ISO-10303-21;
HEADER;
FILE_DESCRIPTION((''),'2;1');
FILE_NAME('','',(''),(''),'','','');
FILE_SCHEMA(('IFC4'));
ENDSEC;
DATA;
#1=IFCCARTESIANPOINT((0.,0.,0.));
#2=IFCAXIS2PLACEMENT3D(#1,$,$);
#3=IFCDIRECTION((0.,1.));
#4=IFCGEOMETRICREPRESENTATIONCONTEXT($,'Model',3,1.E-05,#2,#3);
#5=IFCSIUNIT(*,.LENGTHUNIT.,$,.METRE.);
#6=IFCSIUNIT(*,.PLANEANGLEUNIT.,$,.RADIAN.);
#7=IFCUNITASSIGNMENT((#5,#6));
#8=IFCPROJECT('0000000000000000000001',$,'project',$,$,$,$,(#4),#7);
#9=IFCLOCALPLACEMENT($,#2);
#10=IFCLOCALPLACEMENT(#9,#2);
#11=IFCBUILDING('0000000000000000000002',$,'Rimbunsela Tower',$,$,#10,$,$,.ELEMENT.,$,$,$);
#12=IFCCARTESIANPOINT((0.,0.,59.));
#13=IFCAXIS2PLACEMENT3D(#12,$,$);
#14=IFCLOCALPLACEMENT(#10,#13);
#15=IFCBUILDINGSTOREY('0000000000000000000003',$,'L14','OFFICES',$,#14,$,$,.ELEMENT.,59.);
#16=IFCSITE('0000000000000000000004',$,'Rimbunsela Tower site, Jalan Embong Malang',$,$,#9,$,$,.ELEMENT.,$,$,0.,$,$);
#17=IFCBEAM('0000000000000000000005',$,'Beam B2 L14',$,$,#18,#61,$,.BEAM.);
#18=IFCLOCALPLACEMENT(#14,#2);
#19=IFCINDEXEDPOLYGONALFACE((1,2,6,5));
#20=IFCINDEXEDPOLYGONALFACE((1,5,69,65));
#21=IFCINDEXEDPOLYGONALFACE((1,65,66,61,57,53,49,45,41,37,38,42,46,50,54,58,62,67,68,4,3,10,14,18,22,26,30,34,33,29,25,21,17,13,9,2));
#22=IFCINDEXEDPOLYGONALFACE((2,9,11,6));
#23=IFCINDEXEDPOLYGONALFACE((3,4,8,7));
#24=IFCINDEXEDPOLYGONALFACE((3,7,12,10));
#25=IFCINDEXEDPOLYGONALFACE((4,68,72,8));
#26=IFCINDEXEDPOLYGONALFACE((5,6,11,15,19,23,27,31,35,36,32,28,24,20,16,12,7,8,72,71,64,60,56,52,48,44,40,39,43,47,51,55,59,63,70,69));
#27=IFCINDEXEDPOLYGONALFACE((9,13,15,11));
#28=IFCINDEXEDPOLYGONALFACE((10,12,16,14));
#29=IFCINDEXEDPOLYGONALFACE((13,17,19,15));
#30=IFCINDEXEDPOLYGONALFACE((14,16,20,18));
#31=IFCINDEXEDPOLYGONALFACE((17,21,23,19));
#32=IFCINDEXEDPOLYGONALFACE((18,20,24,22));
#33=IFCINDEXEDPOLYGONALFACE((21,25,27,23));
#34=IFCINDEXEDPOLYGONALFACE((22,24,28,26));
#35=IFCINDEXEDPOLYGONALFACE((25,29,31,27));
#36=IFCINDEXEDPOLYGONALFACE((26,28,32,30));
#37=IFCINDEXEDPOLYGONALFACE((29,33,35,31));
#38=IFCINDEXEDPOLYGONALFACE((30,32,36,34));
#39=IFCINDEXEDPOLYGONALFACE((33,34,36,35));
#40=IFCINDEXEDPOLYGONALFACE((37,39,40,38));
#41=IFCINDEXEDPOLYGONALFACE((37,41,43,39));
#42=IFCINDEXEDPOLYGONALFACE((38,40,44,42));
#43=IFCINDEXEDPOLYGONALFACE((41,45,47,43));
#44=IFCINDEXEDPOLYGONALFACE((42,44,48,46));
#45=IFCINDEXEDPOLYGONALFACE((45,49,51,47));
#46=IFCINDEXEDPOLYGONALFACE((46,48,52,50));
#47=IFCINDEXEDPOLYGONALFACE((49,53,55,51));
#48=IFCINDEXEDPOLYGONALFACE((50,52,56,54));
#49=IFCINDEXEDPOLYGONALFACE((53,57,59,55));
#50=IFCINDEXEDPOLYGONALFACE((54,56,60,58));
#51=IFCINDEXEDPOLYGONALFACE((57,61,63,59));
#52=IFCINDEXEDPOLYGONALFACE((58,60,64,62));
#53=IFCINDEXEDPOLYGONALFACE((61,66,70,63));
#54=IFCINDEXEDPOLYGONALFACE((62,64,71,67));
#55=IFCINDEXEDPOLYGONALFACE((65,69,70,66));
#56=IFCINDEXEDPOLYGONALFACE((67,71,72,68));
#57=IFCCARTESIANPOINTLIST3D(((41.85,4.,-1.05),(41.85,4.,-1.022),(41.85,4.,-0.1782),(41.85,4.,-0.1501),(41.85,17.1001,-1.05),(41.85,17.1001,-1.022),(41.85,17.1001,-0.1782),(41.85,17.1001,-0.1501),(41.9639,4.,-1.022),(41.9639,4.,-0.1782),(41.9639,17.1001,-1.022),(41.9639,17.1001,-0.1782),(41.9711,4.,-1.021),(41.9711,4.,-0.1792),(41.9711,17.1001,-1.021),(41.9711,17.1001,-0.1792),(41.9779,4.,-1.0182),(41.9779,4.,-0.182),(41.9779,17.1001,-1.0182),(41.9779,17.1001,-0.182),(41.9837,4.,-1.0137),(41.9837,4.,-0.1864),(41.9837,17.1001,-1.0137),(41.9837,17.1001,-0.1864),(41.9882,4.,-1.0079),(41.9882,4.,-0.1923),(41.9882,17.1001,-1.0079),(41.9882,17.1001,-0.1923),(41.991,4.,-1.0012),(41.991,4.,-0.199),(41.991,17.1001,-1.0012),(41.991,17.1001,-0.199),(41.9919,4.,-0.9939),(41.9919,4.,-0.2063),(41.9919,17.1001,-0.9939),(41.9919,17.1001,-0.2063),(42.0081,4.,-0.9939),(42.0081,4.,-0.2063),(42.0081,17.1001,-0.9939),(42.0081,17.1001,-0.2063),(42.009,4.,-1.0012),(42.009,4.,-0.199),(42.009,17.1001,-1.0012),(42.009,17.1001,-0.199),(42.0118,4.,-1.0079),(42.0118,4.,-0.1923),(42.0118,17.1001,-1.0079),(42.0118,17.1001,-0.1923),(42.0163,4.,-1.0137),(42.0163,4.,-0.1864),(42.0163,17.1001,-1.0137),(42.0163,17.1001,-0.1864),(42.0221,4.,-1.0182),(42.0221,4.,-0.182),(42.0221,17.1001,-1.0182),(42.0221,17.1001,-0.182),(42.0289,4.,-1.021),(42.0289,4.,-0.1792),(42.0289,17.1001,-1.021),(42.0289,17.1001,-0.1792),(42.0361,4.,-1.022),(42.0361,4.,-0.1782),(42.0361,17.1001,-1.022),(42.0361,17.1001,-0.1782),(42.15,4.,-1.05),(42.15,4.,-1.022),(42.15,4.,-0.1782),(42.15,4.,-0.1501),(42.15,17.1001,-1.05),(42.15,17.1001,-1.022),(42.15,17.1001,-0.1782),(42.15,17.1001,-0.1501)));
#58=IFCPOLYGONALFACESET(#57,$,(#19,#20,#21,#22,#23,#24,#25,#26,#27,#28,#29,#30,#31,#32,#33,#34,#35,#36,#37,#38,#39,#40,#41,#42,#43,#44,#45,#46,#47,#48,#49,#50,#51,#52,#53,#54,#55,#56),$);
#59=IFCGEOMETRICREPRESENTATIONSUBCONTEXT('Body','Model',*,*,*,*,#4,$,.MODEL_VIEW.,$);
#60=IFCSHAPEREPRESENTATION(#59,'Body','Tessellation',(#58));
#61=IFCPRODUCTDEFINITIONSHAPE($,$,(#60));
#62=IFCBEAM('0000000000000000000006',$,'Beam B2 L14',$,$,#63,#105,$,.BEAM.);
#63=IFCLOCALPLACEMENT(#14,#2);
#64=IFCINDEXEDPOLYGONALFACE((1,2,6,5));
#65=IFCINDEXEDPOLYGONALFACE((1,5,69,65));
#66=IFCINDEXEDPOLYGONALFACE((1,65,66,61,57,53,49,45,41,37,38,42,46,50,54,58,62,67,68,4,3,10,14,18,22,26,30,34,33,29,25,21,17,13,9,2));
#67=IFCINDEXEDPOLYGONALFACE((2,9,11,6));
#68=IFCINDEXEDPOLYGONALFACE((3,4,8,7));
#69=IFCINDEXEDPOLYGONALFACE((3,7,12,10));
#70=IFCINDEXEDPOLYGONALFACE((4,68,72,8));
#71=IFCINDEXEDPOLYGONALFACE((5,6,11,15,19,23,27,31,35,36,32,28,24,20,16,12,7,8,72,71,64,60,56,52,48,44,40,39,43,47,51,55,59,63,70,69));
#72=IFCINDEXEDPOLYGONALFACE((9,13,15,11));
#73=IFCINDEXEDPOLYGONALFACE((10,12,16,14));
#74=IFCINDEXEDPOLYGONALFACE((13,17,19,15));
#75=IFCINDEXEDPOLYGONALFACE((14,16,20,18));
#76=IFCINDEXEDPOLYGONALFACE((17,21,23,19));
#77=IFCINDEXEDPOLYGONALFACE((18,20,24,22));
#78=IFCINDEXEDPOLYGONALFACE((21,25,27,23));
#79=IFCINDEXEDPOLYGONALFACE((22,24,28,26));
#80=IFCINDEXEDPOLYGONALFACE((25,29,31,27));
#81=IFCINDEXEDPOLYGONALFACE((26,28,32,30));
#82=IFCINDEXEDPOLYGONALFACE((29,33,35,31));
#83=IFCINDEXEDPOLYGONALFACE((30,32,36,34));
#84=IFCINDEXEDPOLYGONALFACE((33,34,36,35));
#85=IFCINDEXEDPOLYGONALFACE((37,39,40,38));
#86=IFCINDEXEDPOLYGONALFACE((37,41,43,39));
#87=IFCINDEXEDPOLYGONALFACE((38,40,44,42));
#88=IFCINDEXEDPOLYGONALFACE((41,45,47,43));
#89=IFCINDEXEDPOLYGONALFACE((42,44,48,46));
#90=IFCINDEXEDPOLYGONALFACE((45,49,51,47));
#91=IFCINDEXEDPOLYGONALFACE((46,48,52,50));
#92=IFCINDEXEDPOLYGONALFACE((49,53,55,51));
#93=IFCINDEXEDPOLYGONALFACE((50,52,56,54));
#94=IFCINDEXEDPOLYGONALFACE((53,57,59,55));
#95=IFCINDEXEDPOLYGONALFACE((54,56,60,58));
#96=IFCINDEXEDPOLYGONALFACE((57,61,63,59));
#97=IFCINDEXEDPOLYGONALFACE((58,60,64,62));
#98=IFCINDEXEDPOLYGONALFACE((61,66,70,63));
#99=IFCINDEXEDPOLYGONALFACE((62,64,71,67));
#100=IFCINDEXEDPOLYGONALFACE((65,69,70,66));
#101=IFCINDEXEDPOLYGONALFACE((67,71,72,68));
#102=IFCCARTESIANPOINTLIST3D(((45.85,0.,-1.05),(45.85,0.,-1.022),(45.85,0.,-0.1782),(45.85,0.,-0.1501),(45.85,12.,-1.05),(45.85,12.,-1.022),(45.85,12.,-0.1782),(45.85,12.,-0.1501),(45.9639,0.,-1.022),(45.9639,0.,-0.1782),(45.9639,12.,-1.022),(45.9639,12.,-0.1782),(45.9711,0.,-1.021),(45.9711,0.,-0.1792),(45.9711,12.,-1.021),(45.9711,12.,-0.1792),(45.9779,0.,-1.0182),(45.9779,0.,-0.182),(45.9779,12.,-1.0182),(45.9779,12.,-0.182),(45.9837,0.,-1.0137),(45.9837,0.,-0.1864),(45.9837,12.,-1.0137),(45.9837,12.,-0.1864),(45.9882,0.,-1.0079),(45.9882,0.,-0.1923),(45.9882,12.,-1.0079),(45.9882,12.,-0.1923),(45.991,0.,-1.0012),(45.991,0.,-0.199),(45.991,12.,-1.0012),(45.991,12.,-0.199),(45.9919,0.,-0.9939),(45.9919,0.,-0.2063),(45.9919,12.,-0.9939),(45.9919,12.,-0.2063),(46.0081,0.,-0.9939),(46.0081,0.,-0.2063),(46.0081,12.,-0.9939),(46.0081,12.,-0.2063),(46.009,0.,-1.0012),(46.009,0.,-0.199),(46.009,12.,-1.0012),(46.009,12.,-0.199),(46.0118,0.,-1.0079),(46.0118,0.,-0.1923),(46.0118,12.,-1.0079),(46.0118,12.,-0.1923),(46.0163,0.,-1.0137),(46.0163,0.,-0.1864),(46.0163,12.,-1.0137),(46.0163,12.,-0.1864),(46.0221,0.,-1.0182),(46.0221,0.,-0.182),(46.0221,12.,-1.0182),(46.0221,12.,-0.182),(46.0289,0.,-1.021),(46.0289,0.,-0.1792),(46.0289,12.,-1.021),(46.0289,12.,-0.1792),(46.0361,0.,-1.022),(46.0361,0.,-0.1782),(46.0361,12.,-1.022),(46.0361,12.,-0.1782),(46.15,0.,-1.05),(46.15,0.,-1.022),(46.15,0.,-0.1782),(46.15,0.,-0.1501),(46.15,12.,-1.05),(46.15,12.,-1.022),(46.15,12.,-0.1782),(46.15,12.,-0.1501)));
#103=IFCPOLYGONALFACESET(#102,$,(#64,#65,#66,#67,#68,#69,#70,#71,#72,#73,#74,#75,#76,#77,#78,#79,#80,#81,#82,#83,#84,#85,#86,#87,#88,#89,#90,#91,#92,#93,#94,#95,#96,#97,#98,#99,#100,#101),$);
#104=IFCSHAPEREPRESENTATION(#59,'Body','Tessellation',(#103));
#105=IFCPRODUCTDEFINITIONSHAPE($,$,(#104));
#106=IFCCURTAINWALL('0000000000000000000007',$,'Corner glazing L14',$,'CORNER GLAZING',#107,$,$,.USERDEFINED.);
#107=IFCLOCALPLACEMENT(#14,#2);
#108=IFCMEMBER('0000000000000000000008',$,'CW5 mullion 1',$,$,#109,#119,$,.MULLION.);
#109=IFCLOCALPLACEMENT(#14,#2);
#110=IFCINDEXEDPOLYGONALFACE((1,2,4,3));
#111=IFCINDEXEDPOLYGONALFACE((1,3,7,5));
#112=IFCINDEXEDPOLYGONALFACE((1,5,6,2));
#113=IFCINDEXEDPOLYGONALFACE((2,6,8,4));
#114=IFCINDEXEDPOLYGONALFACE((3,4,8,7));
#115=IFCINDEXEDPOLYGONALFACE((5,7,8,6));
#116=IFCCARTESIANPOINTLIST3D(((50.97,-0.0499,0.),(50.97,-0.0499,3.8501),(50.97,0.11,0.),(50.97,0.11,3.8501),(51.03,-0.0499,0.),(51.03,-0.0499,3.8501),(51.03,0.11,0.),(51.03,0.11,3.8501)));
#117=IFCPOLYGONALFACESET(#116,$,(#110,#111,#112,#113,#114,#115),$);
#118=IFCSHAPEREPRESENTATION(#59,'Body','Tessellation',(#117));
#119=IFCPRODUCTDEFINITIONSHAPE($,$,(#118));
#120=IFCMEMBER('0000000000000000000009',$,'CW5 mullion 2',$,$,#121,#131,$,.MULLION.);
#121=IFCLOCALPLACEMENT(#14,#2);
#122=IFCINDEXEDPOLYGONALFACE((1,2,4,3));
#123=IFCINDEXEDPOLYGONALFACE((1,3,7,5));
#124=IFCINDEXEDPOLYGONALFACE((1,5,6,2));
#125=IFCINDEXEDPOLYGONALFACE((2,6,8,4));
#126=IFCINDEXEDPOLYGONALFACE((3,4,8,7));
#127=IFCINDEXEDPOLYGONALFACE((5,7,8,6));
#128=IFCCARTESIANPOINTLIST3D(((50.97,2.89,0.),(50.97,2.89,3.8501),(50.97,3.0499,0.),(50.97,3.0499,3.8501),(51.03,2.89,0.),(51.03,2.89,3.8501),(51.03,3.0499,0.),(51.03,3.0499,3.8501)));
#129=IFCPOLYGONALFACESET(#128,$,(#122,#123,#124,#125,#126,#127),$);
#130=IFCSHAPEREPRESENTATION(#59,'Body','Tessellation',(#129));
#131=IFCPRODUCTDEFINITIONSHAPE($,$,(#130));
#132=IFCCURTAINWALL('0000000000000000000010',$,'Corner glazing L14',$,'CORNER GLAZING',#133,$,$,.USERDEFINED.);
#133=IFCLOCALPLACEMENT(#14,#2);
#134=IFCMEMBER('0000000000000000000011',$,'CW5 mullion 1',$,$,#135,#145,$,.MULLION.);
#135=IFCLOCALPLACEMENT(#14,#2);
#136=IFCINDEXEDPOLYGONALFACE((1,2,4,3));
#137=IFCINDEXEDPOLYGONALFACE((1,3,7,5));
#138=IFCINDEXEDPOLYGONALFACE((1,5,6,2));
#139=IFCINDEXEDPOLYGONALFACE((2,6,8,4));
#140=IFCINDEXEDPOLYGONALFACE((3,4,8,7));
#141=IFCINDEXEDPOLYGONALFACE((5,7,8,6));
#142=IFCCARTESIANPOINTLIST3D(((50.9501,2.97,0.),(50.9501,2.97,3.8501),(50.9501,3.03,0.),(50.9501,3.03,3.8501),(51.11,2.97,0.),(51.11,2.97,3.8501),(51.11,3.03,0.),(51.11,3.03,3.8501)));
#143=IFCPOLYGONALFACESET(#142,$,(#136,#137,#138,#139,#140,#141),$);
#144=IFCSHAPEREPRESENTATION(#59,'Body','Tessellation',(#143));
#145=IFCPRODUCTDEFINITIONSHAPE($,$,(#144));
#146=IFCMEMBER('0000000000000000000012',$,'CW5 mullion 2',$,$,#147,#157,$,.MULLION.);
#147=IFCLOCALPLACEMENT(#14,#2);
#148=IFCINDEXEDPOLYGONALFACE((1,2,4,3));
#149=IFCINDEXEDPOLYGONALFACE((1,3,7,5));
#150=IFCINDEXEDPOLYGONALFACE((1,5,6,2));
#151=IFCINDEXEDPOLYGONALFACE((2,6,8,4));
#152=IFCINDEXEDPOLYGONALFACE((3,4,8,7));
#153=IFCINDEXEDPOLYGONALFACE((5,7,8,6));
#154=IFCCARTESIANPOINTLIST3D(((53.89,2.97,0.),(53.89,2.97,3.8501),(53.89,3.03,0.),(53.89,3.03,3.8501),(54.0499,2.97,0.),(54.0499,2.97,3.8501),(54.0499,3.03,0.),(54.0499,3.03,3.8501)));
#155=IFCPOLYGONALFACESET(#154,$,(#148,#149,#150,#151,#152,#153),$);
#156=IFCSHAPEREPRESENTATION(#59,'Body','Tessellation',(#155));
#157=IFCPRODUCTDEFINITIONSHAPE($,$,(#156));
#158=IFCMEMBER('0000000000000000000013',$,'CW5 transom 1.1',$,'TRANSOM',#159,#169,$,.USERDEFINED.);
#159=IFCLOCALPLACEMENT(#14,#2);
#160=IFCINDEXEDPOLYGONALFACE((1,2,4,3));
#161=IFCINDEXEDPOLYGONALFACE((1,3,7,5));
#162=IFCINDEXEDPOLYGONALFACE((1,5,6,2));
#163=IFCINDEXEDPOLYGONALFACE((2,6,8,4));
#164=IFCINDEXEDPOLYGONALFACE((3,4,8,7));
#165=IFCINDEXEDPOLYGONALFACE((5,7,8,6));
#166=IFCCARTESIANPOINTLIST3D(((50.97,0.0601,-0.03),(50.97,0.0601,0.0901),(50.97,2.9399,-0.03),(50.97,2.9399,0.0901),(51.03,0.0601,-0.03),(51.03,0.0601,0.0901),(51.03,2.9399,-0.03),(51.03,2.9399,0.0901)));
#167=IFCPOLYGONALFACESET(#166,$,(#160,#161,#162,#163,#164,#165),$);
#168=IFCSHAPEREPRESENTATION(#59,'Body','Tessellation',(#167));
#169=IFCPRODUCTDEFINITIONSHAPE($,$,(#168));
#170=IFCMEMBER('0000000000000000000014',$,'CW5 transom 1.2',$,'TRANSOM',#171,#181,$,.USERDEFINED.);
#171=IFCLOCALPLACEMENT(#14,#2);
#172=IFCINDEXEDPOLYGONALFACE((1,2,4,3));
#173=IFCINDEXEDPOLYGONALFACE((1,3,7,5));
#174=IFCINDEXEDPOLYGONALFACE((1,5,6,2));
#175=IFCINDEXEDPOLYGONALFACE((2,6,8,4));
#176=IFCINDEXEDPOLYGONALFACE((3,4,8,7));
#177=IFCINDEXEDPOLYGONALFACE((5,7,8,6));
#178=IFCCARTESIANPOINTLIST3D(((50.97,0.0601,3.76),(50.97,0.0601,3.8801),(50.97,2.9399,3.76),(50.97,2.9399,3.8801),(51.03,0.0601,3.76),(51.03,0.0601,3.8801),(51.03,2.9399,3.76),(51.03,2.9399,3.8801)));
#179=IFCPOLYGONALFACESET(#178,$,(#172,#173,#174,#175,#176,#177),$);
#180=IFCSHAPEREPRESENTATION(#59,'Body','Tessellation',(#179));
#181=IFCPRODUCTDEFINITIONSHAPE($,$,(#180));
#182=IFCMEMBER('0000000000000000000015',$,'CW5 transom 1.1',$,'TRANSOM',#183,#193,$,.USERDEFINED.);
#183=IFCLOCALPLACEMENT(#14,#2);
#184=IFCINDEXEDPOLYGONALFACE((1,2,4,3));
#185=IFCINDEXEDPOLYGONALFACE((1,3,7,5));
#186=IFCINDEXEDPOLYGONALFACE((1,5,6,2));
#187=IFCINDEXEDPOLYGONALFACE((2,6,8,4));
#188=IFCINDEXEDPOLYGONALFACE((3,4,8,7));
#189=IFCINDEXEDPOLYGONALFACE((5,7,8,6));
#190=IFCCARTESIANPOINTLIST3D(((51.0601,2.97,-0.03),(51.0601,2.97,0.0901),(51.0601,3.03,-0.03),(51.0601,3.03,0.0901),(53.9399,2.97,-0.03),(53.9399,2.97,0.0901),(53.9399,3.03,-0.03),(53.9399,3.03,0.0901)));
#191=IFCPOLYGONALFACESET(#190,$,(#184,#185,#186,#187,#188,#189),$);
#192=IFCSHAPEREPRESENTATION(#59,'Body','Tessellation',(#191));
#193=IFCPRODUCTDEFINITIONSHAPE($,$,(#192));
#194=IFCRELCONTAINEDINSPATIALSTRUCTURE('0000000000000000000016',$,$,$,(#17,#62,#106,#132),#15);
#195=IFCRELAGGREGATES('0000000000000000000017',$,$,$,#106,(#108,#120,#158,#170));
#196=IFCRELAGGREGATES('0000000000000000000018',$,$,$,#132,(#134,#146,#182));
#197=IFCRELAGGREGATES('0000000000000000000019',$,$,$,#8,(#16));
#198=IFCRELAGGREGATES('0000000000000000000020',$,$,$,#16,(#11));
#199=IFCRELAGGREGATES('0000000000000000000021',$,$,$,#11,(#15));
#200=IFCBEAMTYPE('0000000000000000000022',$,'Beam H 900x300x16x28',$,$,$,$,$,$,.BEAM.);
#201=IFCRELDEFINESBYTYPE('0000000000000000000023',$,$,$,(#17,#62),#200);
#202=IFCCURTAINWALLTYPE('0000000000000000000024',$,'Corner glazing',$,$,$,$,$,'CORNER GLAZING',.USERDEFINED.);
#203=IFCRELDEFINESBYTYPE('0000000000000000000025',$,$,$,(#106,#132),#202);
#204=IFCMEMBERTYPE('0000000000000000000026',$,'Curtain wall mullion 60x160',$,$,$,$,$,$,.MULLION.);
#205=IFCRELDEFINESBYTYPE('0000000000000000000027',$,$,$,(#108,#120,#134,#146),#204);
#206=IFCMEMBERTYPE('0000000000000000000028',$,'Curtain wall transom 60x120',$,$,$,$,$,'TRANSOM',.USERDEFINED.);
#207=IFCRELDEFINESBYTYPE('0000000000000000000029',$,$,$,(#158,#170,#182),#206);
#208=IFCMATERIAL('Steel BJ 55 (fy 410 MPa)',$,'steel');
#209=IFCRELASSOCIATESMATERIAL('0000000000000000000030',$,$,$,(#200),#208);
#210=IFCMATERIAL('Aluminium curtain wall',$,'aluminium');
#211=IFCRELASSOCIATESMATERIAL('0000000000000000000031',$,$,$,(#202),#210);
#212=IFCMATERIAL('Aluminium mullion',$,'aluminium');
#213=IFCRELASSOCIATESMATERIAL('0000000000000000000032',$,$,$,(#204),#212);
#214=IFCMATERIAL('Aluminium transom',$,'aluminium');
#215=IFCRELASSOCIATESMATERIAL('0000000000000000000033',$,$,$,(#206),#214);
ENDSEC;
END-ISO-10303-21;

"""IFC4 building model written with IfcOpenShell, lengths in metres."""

from ifc_helpers import new_model, si_unit, direction, frame, origin, origin_2d, place, context, subcontext, project, spatial, rectangle, i_section, extrude, material, material_profile, profile_set, type_object, element, aggregate, save


model = new_model("IFC4")

# Units and contexts
model_context = context("Model", 3, precision=1e-05, world=origin(), true_north=direction((0.0, 1.0)))
body_context = subcontext(model_context, "Body", "Model", "MODEL_VIEW")
ifc_project = project(units=[si_unit("LENGTHUNIT", "METRE"), si_unit("PLANEANGLEUNIT", "RADIAN")], contexts=[model_context])

# Site, building, storey
site_placement = place(None, origin())
site = spatial("IfcSite", under=ifc_project, at=site_placement, Name="Rimbunsela Tower site, Jalan Embong Malang", CompositionType="ELEMENT", RefElevation=0.0)
building_placement = place(site_placement, origin())
building = spatial("IfcBuilding", under=site, at=building_placement, Name="Rimbunsela Tower", CompositionType="ELEMENT")
storey_placement = place(building_placement, frame((0.0, 0.0, 59.0)))
storey = spatial("IfcBuildingStorey", under=building, at=storey_placement, Name="L14", Description="OFFICES", CompositionType="ELEMENT", Elevation=59.0)

# Beams
ifc_material_1 = material(Name="Steel BJ 55 (fy 410 MPa)", Category="steel")
ifc_material_profile_1 = material_profile(ifc_material_1, i_section(OverallWidth=0.3, OverallDepth=0.8999, WebThickness=0.0161, FlangeThickness=0.0281, FilletRadius=0.0281, at=origin_2d()), Name="H 900x300x16x28")
ifc_profile_set_1 = profile_set([ifc_material_profile_1], Name="Steel BJ 55 (fy 410 MPa)")
beam_type_1 = type_object("IfcBeamType", Name="Beam H 900x300x16x28", PredefinedType="BEAM", material=ifc_profile_set_1)
beam_1_placement = place(storey_placement, frame((42.0, 4.0, -0.6001), z_axis=(0.0, 1.0, 0.0), x_axis=(-1.0, 0.0, 0.0)))
element("IfcBeam", 1, at=beam_1_placement, inside=storey, type_object=beam_type_1, Name="Beam B2 L14", PredefinedType="BEAM", context=body_context, shape_type="SweptSolid", body=[
    extrude(i_section(OverallWidth=0.3, OverallDepth=0.8999, WebThickness=0.0161, FlangeThickness=0.0281, FilletRadius=0.0281, at=origin_2d()), origin(), (0.0, 0.0, 1.0), 13.1001),
])
beam_2_placement = place(storey_placement, frame((46.0, 0.0, -0.6001), z_axis=(0.0, 1.0, 0.0), x_axis=(-1.0, 0.0, 0.0)))
element("IfcBeam", 2, at=beam_2_placement, inside=storey, type_object=beam_type_1, Name="Beam B2 L14", PredefinedType="BEAM", context=body_context, shape_type="SweptSolid", body=[
    extrude(i_section(OverallWidth=0.3, OverallDepth=0.8999, WebThickness=0.0161, FlangeThickness=0.0281, FilletRadius=0.0281, at=origin_2d()), origin(), (0.0, 0.0, 1.0), 12.0),
])

# Curtain walls, members
ifc_material_2 = material(Name="Aluminium curtain wall", Category="aluminium")
curtain_wall_type = type_object("IfcCurtainWallType", Name="Corner glazing", ElementType="CORNER GLAZING", PredefinedType="USERDEFINED", material=ifc_material_2)
curtain_wall_1_placement = place(storey_placement, origin())
curtain_wall_1 = element("IfcCurtainWall", 3, at=curtain_wall_1_placement, inside=storey, type_object=curtain_wall_type, Name="Corner glazing L14", ObjectType="CORNER GLAZING", PredefinedType="USERDEFINED")
ifc_material_3 = material(Name="Aluminium mullion", Category="aluminium")
ifc_material_profile_2 = material_profile(ifc_material_3, rectangle(XDim=0.0601, YDim=0.1599, at=origin_2d()), Name="Mullion 60x160")
ifc_profile_set_2 = profile_set([ifc_material_profile_2], Name="Aluminium mullion")
member_type_1 = type_object("IfcMemberType", Name="Curtain wall mullion 60x160", PredefinedType="MULLION", material=ifc_profile_set_2)
member_1_placement = place(storey_placement, frame((51.0, 0.03, 0.0), z_axis=(0.0, 0.0, 1.0), x_axis=(-1.0, 0.0, 0.0)))
member_1 = element("IfcMember", 4, at=member_1_placement, type_object=member_type_1, Name="CW5 mullion 1", PredefinedType="MULLION", context=body_context, shape_type="SweptSolid", body=[
    extrude(rectangle(XDim=0.0601, YDim=0.1599, at=origin_2d()), origin(), (0.0, 0.0, 1.0), 3.8501),
])
member_2_placement = place(storey_placement, frame((51.0, 2.97, 0.0), z_axis=(0.0, 0.0, 1.0), x_axis=(-1.0, 0.0, 0.0)))
member_2 = element("IfcMember", 5, at=member_2_placement, type_object=member_type_1, Name="CW5 mullion 2", PredefinedType="MULLION", context=body_context, shape_type="SweptSolid", body=[
    extrude(rectangle(XDim=0.0601, YDim=0.1599, at=origin_2d()), origin(), (0.0, 0.0, 1.0), 3.8501),
])
curtain_wall_2_placement = place(storey_placement, origin())
curtain_wall_2 = element("IfcCurtainWall", 6, at=curtain_wall_2_placement, inside=storey, type_object=curtain_wall_type, Name="Corner glazing L14", ObjectType="CORNER GLAZING", PredefinedType="USERDEFINED")
member_3_placement = place(storey_placement, frame((51.03, 3.0, 0.0), z_axis=(0.0, 0.0, 1.0), x_axis=(0.0, 1.0, 0.0)))
member_3 = element("IfcMember", 7, at=member_3_placement, type_object=member_type_1, Name="CW5 mullion 1", PredefinedType="MULLION", context=body_context, shape_type="SweptSolid", body=[
    extrude(rectangle(XDim=0.0601, YDim=0.1599, at=origin_2d()), origin(), (0.0, 0.0, 1.0), 3.8501),
])
member_4_placement = place(storey_placement, frame((53.97, 3.0, 0.0), z_axis=(0.0, 0.0, 1.0), x_axis=(0.0, 1.0, 0.0)))
member_4 = element("IfcMember", 8, at=member_4_placement, type_object=member_type_1, Name="CW5 mullion 2", PredefinedType="MULLION", context=body_context, shape_type="SweptSolid", body=[
    extrude(rectangle(XDim=0.0601, YDim=0.1599, at=origin_2d()), origin(), (0.0, 0.0, 1.0), 3.8501),
])

# Members
ifc_material_4 = material(Name="Aluminium transom", Category="aluminium")
ifc_material_profile_3 = material_profile(ifc_material_4, rectangle(XDim=0.0601, YDim=0.1201, at=origin_2d()), Name="Transom 60x120")
ifc_profile_set_3 = profile_set([ifc_material_profile_3], Name="Aluminium transom")
member_type_2 = type_object("IfcMemberType", Name="Curtain wall transom 60x120", ElementType="TRANSOM", PredefinedType="USERDEFINED", material=ifc_profile_set_3)
member_5_placement = place(storey_placement, frame((51.0, 0.0601, 0.03), z_axis=(0.0, 1.0, 0.0), x_axis=(-1.0, 0.0, 0.0)))
member_5 = element("IfcMember", 9, at=member_5_placement, type_object=member_type_2, Name="CW5 transom 1.1", ObjectType="TRANSOM", PredefinedType="USERDEFINED", context=body_context, shape_type="SweptSolid", body=[
    extrude(rectangle(XDim=0.0601, YDim=0.1201, at=origin_2d()), origin(), (0.0, 0.0, 1.0), 2.8799),
])
member_6_placement = place(storey_placement, frame((51.0, 0.0601, 3.8201), z_axis=(0.0, 1.0, 0.0), x_axis=(-1.0, 0.0, 0.0)))
member_6 = element("IfcMember", 10, at=member_6_placement, type_object=member_type_2, Name="CW5 transom 1.2", ObjectType="TRANSOM", PredefinedType="USERDEFINED", context=body_context, shape_type="SweptSolid", body=[
    extrude(rectangle(XDim=0.0601, YDim=0.1201, at=origin_2d()), origin(), (0.0, 0.0, 1.0), 2.8799),
])
member_7_placement = place(storey_placement, frame((51.0601, 3.0, 0.03), z_axis=(1.0, 0.0, 0.0), x_axis=(0.0, 1.0, 0.0)))
member_7 = element("IfcMember", 11, at=member_7_placement, type_object=member_type_2, Name="CW5 transom 1.1", ObjectType="TRANSOM", PredefinedType="USERDEFINED", context=body_context, shape_type="SweptSolid", body=[
    extrude(rectangle(XDim=0.0601, YDim=0.1201, at=origin_2d()), origin(), (0.0, 0.0, 1.0), 2.8799),
])

aggregate(curtain_wall_1, [member_1, member_2, member_5, member_6])
aggregate(curtain_wall_2, [member_3, member_4, member_7])

save(model, "model.ifc")
